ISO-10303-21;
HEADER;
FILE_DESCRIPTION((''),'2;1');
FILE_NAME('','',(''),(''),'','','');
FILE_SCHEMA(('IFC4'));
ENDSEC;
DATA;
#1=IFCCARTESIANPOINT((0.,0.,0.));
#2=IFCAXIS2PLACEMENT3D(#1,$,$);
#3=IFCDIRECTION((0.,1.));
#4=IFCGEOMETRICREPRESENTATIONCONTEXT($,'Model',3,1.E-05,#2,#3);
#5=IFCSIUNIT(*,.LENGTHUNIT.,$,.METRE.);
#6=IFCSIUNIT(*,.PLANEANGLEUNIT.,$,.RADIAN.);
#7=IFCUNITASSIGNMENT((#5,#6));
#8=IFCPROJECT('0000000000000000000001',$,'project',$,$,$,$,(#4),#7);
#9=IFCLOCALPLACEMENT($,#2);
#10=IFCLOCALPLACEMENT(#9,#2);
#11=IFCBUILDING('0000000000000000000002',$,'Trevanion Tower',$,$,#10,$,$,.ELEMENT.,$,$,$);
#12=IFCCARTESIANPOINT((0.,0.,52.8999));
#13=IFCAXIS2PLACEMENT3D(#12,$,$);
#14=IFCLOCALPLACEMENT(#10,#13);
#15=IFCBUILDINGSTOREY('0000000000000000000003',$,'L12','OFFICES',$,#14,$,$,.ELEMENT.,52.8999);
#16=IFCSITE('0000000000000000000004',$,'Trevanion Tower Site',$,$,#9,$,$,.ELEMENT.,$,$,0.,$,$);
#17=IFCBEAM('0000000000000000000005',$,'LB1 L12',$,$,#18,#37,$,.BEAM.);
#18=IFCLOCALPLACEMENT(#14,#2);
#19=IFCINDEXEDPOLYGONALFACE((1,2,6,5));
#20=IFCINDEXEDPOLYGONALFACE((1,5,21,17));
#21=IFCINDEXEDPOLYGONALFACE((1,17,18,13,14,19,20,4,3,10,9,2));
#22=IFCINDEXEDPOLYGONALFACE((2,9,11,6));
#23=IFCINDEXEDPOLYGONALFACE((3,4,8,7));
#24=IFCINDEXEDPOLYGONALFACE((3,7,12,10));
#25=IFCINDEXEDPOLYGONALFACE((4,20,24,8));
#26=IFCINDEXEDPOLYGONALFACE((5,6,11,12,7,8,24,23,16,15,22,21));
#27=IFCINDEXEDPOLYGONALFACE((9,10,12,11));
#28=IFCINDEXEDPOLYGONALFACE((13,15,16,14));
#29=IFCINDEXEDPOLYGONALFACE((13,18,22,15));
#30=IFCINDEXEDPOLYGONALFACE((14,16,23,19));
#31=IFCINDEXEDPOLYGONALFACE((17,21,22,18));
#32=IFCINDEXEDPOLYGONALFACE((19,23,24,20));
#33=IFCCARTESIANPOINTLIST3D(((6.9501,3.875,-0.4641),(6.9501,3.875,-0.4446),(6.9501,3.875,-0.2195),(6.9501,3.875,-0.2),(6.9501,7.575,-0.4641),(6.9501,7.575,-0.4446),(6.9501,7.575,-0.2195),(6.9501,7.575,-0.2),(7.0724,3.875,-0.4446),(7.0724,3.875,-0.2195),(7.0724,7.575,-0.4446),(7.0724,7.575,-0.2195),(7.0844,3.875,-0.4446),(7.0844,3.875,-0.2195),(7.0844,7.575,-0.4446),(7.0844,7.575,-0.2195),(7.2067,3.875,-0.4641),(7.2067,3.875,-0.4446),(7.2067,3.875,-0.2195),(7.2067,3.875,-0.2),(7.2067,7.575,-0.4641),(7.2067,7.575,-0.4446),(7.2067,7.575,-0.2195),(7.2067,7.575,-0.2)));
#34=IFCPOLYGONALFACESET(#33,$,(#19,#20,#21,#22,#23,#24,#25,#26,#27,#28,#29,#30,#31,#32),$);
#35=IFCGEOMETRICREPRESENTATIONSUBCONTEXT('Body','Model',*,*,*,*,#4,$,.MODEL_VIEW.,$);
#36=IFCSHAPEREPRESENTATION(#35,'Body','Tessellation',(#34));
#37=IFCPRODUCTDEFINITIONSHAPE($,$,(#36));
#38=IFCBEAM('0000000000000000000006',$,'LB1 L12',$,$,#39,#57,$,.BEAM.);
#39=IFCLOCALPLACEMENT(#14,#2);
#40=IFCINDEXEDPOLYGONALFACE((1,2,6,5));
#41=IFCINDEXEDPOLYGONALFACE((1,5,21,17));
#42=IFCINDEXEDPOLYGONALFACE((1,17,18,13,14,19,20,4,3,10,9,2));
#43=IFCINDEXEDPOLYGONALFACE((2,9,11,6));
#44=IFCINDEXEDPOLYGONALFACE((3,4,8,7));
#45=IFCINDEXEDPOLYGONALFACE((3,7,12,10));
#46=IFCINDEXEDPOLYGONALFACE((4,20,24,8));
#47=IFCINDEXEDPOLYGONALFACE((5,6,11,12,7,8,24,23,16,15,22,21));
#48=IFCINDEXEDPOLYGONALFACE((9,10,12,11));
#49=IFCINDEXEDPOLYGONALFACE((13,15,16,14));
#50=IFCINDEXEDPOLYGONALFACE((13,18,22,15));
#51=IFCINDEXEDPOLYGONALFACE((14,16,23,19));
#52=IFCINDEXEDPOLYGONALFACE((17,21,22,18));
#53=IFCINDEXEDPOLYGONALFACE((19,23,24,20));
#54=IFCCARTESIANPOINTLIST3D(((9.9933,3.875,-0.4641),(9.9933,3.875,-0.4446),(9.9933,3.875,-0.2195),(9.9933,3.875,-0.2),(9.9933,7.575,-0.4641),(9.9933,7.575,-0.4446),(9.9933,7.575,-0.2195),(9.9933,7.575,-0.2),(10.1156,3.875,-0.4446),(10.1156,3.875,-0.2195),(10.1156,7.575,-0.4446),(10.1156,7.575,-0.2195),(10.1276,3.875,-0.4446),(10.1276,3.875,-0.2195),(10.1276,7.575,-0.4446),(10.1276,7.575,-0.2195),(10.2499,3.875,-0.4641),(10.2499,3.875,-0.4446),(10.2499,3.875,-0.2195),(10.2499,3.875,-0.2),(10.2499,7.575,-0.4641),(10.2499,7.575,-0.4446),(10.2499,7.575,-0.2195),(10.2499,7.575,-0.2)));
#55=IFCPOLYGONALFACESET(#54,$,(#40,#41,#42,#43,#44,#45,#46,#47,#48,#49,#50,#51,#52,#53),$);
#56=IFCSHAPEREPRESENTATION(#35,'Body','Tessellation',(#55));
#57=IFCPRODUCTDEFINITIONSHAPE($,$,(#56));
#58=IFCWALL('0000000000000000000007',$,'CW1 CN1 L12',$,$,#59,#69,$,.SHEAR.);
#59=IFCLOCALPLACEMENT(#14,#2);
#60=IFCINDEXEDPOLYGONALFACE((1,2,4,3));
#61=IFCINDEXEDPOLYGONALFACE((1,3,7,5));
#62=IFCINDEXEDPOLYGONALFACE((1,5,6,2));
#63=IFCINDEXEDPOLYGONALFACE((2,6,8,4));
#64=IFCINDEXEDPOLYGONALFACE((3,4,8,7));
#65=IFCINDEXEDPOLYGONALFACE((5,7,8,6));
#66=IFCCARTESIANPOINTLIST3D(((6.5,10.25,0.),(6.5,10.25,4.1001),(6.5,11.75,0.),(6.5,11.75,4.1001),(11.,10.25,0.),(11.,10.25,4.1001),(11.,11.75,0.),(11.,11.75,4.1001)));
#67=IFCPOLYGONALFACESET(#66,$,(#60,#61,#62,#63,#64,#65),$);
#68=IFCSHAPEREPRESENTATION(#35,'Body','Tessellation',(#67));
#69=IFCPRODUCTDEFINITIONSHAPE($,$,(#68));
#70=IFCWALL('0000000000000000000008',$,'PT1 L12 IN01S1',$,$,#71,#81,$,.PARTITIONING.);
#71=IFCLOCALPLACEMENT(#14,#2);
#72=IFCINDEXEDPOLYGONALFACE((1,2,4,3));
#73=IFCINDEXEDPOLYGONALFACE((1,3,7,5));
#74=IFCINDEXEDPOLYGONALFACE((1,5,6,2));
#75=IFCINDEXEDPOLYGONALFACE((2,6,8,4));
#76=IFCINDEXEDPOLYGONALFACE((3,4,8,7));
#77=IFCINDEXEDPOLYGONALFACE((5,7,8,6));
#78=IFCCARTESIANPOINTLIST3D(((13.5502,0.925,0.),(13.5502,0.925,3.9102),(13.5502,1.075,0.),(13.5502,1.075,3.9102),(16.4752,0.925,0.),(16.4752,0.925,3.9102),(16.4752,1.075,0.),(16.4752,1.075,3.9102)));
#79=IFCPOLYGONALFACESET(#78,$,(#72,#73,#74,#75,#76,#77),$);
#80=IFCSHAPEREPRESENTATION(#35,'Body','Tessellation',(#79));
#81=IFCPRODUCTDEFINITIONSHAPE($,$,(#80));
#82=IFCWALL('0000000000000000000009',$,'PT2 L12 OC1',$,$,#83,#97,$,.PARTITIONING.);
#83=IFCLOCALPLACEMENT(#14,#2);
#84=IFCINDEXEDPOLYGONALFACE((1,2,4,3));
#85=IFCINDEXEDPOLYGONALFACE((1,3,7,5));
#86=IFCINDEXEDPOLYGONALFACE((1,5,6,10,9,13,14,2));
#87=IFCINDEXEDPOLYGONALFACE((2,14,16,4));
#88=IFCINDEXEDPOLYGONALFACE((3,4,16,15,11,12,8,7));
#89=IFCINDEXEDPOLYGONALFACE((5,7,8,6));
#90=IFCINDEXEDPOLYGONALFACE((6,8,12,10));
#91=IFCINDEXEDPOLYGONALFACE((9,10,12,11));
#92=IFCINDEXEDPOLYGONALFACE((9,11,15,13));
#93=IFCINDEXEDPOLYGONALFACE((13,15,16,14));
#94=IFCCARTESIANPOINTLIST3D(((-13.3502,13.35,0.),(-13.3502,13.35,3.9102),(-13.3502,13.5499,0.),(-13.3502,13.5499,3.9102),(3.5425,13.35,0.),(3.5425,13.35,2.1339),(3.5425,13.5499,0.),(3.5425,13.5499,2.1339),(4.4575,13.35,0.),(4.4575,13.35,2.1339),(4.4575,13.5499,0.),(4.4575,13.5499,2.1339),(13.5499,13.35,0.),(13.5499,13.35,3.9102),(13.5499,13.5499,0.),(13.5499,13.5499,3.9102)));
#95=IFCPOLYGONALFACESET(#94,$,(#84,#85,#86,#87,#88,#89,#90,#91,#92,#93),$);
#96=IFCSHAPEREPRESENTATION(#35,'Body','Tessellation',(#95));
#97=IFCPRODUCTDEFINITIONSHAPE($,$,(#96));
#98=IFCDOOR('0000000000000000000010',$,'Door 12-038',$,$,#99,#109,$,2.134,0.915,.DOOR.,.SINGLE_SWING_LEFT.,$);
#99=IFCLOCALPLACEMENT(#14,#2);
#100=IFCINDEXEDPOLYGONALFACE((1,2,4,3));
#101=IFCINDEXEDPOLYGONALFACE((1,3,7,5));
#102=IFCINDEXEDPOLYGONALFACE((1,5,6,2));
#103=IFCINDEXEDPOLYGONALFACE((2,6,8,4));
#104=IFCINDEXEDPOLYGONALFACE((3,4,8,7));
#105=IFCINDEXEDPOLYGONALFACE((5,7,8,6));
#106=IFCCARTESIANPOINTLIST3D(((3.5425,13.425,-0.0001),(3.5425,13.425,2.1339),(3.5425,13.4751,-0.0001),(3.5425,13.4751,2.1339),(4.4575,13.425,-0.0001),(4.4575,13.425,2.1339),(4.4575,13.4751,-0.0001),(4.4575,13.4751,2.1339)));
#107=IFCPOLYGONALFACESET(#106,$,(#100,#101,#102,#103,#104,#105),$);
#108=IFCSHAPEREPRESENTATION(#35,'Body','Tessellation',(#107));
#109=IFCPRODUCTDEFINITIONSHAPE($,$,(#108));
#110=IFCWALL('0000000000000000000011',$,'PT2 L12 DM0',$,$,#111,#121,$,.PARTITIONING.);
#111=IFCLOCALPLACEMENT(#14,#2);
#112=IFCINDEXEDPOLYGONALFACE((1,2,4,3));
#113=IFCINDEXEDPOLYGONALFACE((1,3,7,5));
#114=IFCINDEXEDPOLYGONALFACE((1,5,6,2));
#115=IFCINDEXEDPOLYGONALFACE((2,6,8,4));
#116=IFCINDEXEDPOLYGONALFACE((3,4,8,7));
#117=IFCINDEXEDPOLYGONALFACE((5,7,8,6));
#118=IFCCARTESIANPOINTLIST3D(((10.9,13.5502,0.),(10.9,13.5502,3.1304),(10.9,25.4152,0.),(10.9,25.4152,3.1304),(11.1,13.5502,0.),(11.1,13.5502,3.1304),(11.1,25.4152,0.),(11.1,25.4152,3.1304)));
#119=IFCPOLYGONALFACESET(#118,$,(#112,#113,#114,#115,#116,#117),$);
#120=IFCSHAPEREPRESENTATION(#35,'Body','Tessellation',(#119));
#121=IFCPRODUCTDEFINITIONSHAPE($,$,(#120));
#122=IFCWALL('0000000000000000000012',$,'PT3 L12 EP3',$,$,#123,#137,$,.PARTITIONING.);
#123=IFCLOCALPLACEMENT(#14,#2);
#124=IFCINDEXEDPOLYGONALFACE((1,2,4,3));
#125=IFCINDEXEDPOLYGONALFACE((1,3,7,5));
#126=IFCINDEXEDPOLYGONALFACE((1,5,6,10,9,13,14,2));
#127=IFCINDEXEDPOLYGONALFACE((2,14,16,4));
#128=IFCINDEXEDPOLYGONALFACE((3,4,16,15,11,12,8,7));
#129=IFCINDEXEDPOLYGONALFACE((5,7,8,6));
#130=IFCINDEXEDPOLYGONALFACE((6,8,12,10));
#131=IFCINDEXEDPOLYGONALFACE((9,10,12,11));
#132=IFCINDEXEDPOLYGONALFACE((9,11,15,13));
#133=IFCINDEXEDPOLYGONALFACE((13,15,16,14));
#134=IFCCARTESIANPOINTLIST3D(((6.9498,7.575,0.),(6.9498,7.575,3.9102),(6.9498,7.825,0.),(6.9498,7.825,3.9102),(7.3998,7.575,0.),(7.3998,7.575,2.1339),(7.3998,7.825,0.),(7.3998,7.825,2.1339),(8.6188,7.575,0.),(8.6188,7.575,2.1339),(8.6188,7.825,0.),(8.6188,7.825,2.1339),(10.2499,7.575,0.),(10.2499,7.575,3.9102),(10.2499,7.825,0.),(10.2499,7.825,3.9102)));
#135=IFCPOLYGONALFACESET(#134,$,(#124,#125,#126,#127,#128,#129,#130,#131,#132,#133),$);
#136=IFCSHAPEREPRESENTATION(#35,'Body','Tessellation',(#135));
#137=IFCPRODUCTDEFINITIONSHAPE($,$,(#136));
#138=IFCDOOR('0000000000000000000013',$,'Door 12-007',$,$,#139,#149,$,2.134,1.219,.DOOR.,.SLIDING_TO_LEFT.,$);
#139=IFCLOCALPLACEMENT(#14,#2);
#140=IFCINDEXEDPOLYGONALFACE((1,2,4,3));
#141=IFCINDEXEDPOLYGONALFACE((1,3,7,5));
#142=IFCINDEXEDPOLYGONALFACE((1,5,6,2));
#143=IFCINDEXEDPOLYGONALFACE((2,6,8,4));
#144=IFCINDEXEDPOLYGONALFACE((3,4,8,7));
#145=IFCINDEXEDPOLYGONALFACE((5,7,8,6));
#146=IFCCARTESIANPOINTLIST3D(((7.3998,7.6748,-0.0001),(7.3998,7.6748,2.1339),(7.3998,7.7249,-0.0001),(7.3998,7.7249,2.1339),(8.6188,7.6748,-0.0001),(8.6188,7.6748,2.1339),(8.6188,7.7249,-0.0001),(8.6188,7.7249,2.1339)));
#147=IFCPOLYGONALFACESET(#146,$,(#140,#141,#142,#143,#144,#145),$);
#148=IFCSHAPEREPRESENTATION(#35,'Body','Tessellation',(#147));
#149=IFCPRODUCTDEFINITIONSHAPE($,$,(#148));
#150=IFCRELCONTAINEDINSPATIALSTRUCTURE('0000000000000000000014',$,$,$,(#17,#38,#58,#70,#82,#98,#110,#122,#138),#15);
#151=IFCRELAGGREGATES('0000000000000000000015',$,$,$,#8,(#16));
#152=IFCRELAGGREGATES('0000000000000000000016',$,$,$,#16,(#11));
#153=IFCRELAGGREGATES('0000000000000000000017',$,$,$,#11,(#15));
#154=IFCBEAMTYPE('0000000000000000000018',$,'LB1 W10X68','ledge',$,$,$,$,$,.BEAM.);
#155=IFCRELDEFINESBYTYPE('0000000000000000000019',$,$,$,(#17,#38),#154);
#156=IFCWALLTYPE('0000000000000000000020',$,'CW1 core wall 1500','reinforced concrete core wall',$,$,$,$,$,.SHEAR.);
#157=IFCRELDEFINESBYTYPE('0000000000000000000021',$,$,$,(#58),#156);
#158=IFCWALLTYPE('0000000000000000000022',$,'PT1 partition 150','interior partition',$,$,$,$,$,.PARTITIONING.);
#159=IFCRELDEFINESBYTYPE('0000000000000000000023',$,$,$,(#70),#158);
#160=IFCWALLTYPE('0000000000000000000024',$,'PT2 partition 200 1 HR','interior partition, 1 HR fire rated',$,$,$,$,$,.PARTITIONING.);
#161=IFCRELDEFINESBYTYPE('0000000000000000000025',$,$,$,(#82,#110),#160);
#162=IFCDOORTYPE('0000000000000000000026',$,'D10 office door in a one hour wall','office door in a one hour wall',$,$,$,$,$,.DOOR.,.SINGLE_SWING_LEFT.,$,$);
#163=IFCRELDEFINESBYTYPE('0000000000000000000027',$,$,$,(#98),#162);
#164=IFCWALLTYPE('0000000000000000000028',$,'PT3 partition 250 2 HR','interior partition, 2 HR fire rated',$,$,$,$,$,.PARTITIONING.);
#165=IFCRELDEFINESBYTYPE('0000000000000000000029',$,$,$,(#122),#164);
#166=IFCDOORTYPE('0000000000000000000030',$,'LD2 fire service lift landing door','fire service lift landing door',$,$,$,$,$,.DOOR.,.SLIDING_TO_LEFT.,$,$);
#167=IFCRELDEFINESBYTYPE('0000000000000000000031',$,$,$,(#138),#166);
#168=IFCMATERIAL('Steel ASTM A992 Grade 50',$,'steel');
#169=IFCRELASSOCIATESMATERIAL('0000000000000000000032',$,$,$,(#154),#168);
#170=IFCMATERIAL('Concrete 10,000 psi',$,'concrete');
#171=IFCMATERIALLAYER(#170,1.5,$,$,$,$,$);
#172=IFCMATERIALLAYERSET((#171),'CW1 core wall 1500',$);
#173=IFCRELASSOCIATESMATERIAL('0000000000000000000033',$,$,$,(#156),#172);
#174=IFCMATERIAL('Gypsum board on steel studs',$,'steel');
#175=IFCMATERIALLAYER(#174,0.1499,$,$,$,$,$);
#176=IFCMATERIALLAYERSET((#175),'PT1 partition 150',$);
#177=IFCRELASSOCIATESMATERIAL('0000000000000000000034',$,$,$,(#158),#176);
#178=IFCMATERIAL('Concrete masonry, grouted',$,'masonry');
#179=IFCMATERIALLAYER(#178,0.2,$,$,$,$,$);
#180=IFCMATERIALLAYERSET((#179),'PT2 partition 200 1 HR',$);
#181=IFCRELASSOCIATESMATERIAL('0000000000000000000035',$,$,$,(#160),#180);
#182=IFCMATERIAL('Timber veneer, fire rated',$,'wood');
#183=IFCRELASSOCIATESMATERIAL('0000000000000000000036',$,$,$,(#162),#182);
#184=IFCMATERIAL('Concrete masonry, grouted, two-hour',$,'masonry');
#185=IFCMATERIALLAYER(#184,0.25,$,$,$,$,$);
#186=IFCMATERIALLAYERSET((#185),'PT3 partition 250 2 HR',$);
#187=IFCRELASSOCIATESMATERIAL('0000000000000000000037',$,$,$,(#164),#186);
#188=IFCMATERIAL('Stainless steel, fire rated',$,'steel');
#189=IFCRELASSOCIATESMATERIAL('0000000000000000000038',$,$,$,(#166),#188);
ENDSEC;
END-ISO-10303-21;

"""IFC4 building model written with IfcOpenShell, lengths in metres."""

from ifc_helpers import new_model, si_unit, direction, frame, frame_2d, origin, origin_2d, place, context, subcontext, project, spatial, rectangle, i_section, extrude, material, layer, layer_set, material_profile, profile_set, type_object, element, fill, save


model = new_model("IFC4")

# Units and contexts
model_context = context("Model", 3, precision=1e-05, world=origin(), true_north=direction((0.0, 1.0)))
body_context = subcontext(model_context, "Body", "Model", "MODEL_VIEW")
ifc_project = project(units=[si_unit("LENGTHUNIT", "METRE"), si_unit("PLANEANGLEUNIT", "RADIAN")], contexts=[model_context])

# Site, building, storey
site_placement = place(None, origin())
site = spatial("IfcSite", under=ifc_project, at=site_placement, Name="Trevanion Tower Site", CompositionType="ELEMENT", RefElevation=0.0)
building_placement = place(site_placement, origin())
building = spatial("IfcBuilding", under=site, at=building_placement, Name="Trevanion Tower", CompositionType="ELEMENT")
storey_placement = place(building_placement, frame((0.0, 0.0, 52.8999)))
storey = spatial("IfcBuildingStorey", under=building, at=storey_placement, Name="L12", Description="OFFICES", CompositionType="ELEMENT", Elevation=52.8999)

# Beams
ifc_material_1 = material(Name="Steel ASTM A992 Grade 50", Category="steel")
ifc_material_profile_1 = material_profile(ifc_material_1, i_section(OverallWidth=0.2566, OverallDepth=0.2642, WebThickness=0.012, FlangeThickness=0.0195, at=origin_2d()), Name="W10X68")
ifc_profile_set_1 = profile_set([ifc_material_profile_1], Name="Steel ASTM A992 Grade 50")
beam_type_1 = type_object("IfcBeamType", Name="LB1 W10X68", Description="ledge", PredefinedType="BEAM", material=ifc_profile_set_1)
for number, where, z_axis, x_axis, name in (
    (1, (7.0784, 3.875, -0.332), (0.0, 1.0, 0.0), (-1.0, 0.0, 0.0), "LB1 L12"),
    (2, (10.1216, 3.875, -0.332), (0.0, 1.0, 0.0), (-1.0, 0.0, 0.0), "LB1 L12"),
):
    element("IfcBeam", number, at=place(storey_placement, frame(where, z_axis=z_axis, x_axis=x_axis)), inside=storey, type_object=beam_type_1, Name=name, PredefinedType="BEAM", context=body_context, shape_type="SweptSolid", body=[
        extrude(i_section(OverallWidth=0.2566, OverallDepth=0.2642, WebThickness=0.012, FlangeThickness=0.0195, at=origin_2d()), origin(), (0.0, 0.0, 1.0), 3.7),
    ])

# Walls
ifc_material_2 = material(Name="Concrete 10,000 psi", Category="concrete")
ifc_layer_1 = layer(ifc_material_2, 1.5)
ifc_layer_set_1 = layer_set([ifc_layer_1], Name="CW1 core wall 1500")
wall_type_1 = type_object("IfcWallType", Name="CW1 core wall 1500", Description="reinforced concrete core wall", PredefinedType="SHEAR", material=ifc_layer_set_1)
wall_1_placement = place(storey_placement, frame((11.0, 11.0, 0.0), z_axis=(0.0, 0.0, 1.0), x_axis=(-1.0, 0.0, 0.0)))
element("IfcWall", 3, at=wall_1_placement, inside=storey, type_object=wall_type_1, Name="CW1 CN1 L12", PredefinedType="SHEAR", context=body_context, shape_type="SweptSolid", body=[
    extrude(rectangle(XDim=4.5, YDim=1.5, at=frame_2d((2.25, 0.0))), origin(), (0.0, 0.0, 1.0), 4.1001),
])
ifc_material_3 = material(Name="Gypsum board on steel studs", Category="steel")
ifc_layer_2 = layer(ifc_material_3, 0.1499)
ifc_layer_set_2 = layer_set([ifc_layer_2], Name="PT1 partition 150")
wall_type_2 = type_object("IfcWallType", Name="PT1 partition 150", Description="interior partition", PredefinedType="PARTITIONING", material=ifc_layer_set_2)
wall_2_placement = place(storey_placement, frame((16.4751, 1.0, 0.0), z_axis=(0.0, 0.0, 1.0), x_axis=(-1.0, 0.0, 0.0)))
element("IfcWall", 4, at=wall_2_placement, inside=storey, type_object=wall_type_2, Name="PT1 L12 IN01S1", PredefinedType="PARTITIONING", context=body_context, shape_type="SweptSolid", body=[
    extrude(rectangle(XDim=2.925, YDim=0.1499, at=frame_2d((1.4624, 0.0))), origin(), (0.0, 0.0, 1.0), 3.9102),
])

# Wall, opening, door
ifc_material_4 = material(Name="Concrete masonry, grouted", Category="masonry")
ifc_layer_3 = layer(ifc_material_4, 0.2)
ifc_layer_set_3 = layer_set([ifc_layer_3], Name="PT2 partition 200 1 HR")
wall_type_3 = type_object("IfcWallType", Name="PT2 partition 200 1 HR", Description="interior partition, 1 HR fire rated", PredefinedType="PARTITIONING", material=ifc_layer_set_3)
wall_3_placement = place(storey_placement, frame((13.55, 13.45, 0.0), z_axis=(0.0, 0.0, 1.0), x_axis=(-1.0, 0.0, 0.0)))
wall_3 = element("IfcWall", 5, at=wall_3_placement, inside=storey, type_object=wall_type_3, Name="PT2 L12 OC1", PredefinedType="PARTITIONING", context=body_context, shape_type="SweptSolid", body=[
    extrude(rectangle(XDim=26.9001, YDim=0.2, at=frame_2d((13.4502, 0.0))), origin(), (0.0, 0.0, 1.0), 3.9102),
])
opening_1_placement = place(wall_3_placement, frame((9.0925, 0.0, 0.0)))
opening_1 = element("IfcOpeningElement", 6, at=opening_1_placement, cuts=wall_3, PredefinedType="OPENING", context=body_context, shape_type="SweptSolid", body=[
    extrude(rectangle(XDim=0.915, YDim=2.134, at=frame_2d((0.4575, 1.0669))), frame((0.0, 0.1099, 0.0), z_axis=(0.0, -1.0, 0.0), x_axis=(1.0, 0.0, 0.0)), (0.0, 0.0, 1.0), 0.22),
])
ifc_material_5 = material(Name="Timber veneer, fire rated", Category="wood")
door_type_1 = type_object("IfcDoorType", Name="D10 office door in a one hour wall", Description="office door in a one hour wall", OperationType="SINGLE_SWING_LEFT", PredefinedType="DOOR", material=ifc_material_5)
door_1_placement = place(opening_1_placement, origin())
door_1 = element("IfcDoor", 7, at=door_1_placement, inside=storey, type_object=door_type_1, Name="Door 12-038", OperationType="SINGLE_SWING_LEFT", OverallHeight=2.134, OverallWidth=0.915, PredefinedType="DOOR", context=body_context, shape_type="SweptSolid", body=[
    extrude(rectangle(XDim=0.915, YDim=2.134, at=frame_2d((0.4575, 1.0669))), frame((0.0, 0.0249, 0.0), z_axis=(0.0, -1.0, 0.0), x_axis=(1.0, 0.0, 0.0)), (0.0, 0.0, 1.0), 0.05),
])
fill(opening_1, door_1)

# Wall
wall_4_placement = place(storey_placement, frame((11.0, 13.55, 0.0), z_axis=(0.0, 0.0, 1.0), x_axis=(0.0, 1.0, 0.0)))
element("IfcWall", 8, at=wall_4_placement, inside=storey, type_object=wall_type_3, Name="PT2 L12 DM0", PredefinedType="PARTITIONING", context=body_context, shape_type="SweptSolid", body=[
    extrude(rectangle(XDim=11.865, YDim=0.2, at=frame_2d((5.9326, 0.0))), origin(), (0.0, 0.0, 1.0), 3.1304),
])

# Wall, opening, door
ifc_material_6 = material(Name="Concrete masonry, grouted, two-hour", Category="masonry")
ifc_layer_4 = layer(ifc_material_6, 0.25)
ifc_layer_set_4 = layer_set([ifc_layer_4], Name="PT3 partition 250 2 HR")
wall_type_4 = type_object("IfcWallType", Name="PT3 partition 250 2 HR", Description="interior partition, 2 HR fire rated", PredefinedType="PARTITIONING", material=ifc_layer_set_4)
wall_5_placement = place(storey_placement, frame((6.95, 7.7, 0.0), z_axis=(0.0, 0.0, 1.0), x_axis=(1.0, 0.0, 0.0)))
wall_5 = element("IfcWall", 9, at=wall_5_placement, inside=storey, type_object=wall_type_4, Name="PT3 L12 EP3", PredefinedType="PARTITIONING", context=body_context, shape_type="SweptSolid", body=[
    extrude(rectangle(XDim=3.3, YDim=0.25, at=frame_2d((1.6499, 0.0))), origin(), (0.0, 0.0, 1.0), 3.9102),
])
opening_2_placement = place(wall_5_placement, frame((0.45, 0.0, 0.0)))
opening_2 = element("IfcOpeningElement", 10, at=opening_2_placement, cuts=wall_5, PredefinedType="OPENING", context=body_context, shape_type="SweptSolid", body=[
    extrude(rectangle(XDim=1.219, YDim=2.134, at=frame_2d((0.6094, 1.0669))), frame((0.0, 0.135, 0.0), z_axis=(0.0, -1.0, 0.0), x_axis=(1.0, 0.0, 0.0)), (0.0, 0.0, 1.0), 0.27),
])
ifc_material_7 = material(Name="Stainless steel, fire rated", Category="steel")
door_type_2 = type_object("IfcDoorType", Name="LD2 fire service lift landing door", Description="fire service lift landing door", OperationType="SLIDING_TO_LEFT", PredefinedType="DOOR", material=ifc_material_7)
door_2_placement = place(opening_2_placement, origin())
door_2 = element("IfcDoor", 11, at=door_2_placement, inside=storey, type_object=door_type_2, Name="Door 12-007", OperationType="SLIDING_TO_LEFT", OverallHeight=2.134, OverallWidth=1.219, PredefinedType="DOOR", context=body_context, shape_type="SweptSolid", body=[
    extrude(rectangle(XDim=1.219, YDim=2.134, at=frame_2d((0.6094, 1.0669))), frame((0.0, 0.0249, 0.0), z_axis=(0.0, -1.0, 0.0), x_axis=(1.0, 0.0, 0.0)), (0.0, 0.0, 1.0), 0.05),
])
fill(opening_2, door_2)

save(model, "model.ifc")
